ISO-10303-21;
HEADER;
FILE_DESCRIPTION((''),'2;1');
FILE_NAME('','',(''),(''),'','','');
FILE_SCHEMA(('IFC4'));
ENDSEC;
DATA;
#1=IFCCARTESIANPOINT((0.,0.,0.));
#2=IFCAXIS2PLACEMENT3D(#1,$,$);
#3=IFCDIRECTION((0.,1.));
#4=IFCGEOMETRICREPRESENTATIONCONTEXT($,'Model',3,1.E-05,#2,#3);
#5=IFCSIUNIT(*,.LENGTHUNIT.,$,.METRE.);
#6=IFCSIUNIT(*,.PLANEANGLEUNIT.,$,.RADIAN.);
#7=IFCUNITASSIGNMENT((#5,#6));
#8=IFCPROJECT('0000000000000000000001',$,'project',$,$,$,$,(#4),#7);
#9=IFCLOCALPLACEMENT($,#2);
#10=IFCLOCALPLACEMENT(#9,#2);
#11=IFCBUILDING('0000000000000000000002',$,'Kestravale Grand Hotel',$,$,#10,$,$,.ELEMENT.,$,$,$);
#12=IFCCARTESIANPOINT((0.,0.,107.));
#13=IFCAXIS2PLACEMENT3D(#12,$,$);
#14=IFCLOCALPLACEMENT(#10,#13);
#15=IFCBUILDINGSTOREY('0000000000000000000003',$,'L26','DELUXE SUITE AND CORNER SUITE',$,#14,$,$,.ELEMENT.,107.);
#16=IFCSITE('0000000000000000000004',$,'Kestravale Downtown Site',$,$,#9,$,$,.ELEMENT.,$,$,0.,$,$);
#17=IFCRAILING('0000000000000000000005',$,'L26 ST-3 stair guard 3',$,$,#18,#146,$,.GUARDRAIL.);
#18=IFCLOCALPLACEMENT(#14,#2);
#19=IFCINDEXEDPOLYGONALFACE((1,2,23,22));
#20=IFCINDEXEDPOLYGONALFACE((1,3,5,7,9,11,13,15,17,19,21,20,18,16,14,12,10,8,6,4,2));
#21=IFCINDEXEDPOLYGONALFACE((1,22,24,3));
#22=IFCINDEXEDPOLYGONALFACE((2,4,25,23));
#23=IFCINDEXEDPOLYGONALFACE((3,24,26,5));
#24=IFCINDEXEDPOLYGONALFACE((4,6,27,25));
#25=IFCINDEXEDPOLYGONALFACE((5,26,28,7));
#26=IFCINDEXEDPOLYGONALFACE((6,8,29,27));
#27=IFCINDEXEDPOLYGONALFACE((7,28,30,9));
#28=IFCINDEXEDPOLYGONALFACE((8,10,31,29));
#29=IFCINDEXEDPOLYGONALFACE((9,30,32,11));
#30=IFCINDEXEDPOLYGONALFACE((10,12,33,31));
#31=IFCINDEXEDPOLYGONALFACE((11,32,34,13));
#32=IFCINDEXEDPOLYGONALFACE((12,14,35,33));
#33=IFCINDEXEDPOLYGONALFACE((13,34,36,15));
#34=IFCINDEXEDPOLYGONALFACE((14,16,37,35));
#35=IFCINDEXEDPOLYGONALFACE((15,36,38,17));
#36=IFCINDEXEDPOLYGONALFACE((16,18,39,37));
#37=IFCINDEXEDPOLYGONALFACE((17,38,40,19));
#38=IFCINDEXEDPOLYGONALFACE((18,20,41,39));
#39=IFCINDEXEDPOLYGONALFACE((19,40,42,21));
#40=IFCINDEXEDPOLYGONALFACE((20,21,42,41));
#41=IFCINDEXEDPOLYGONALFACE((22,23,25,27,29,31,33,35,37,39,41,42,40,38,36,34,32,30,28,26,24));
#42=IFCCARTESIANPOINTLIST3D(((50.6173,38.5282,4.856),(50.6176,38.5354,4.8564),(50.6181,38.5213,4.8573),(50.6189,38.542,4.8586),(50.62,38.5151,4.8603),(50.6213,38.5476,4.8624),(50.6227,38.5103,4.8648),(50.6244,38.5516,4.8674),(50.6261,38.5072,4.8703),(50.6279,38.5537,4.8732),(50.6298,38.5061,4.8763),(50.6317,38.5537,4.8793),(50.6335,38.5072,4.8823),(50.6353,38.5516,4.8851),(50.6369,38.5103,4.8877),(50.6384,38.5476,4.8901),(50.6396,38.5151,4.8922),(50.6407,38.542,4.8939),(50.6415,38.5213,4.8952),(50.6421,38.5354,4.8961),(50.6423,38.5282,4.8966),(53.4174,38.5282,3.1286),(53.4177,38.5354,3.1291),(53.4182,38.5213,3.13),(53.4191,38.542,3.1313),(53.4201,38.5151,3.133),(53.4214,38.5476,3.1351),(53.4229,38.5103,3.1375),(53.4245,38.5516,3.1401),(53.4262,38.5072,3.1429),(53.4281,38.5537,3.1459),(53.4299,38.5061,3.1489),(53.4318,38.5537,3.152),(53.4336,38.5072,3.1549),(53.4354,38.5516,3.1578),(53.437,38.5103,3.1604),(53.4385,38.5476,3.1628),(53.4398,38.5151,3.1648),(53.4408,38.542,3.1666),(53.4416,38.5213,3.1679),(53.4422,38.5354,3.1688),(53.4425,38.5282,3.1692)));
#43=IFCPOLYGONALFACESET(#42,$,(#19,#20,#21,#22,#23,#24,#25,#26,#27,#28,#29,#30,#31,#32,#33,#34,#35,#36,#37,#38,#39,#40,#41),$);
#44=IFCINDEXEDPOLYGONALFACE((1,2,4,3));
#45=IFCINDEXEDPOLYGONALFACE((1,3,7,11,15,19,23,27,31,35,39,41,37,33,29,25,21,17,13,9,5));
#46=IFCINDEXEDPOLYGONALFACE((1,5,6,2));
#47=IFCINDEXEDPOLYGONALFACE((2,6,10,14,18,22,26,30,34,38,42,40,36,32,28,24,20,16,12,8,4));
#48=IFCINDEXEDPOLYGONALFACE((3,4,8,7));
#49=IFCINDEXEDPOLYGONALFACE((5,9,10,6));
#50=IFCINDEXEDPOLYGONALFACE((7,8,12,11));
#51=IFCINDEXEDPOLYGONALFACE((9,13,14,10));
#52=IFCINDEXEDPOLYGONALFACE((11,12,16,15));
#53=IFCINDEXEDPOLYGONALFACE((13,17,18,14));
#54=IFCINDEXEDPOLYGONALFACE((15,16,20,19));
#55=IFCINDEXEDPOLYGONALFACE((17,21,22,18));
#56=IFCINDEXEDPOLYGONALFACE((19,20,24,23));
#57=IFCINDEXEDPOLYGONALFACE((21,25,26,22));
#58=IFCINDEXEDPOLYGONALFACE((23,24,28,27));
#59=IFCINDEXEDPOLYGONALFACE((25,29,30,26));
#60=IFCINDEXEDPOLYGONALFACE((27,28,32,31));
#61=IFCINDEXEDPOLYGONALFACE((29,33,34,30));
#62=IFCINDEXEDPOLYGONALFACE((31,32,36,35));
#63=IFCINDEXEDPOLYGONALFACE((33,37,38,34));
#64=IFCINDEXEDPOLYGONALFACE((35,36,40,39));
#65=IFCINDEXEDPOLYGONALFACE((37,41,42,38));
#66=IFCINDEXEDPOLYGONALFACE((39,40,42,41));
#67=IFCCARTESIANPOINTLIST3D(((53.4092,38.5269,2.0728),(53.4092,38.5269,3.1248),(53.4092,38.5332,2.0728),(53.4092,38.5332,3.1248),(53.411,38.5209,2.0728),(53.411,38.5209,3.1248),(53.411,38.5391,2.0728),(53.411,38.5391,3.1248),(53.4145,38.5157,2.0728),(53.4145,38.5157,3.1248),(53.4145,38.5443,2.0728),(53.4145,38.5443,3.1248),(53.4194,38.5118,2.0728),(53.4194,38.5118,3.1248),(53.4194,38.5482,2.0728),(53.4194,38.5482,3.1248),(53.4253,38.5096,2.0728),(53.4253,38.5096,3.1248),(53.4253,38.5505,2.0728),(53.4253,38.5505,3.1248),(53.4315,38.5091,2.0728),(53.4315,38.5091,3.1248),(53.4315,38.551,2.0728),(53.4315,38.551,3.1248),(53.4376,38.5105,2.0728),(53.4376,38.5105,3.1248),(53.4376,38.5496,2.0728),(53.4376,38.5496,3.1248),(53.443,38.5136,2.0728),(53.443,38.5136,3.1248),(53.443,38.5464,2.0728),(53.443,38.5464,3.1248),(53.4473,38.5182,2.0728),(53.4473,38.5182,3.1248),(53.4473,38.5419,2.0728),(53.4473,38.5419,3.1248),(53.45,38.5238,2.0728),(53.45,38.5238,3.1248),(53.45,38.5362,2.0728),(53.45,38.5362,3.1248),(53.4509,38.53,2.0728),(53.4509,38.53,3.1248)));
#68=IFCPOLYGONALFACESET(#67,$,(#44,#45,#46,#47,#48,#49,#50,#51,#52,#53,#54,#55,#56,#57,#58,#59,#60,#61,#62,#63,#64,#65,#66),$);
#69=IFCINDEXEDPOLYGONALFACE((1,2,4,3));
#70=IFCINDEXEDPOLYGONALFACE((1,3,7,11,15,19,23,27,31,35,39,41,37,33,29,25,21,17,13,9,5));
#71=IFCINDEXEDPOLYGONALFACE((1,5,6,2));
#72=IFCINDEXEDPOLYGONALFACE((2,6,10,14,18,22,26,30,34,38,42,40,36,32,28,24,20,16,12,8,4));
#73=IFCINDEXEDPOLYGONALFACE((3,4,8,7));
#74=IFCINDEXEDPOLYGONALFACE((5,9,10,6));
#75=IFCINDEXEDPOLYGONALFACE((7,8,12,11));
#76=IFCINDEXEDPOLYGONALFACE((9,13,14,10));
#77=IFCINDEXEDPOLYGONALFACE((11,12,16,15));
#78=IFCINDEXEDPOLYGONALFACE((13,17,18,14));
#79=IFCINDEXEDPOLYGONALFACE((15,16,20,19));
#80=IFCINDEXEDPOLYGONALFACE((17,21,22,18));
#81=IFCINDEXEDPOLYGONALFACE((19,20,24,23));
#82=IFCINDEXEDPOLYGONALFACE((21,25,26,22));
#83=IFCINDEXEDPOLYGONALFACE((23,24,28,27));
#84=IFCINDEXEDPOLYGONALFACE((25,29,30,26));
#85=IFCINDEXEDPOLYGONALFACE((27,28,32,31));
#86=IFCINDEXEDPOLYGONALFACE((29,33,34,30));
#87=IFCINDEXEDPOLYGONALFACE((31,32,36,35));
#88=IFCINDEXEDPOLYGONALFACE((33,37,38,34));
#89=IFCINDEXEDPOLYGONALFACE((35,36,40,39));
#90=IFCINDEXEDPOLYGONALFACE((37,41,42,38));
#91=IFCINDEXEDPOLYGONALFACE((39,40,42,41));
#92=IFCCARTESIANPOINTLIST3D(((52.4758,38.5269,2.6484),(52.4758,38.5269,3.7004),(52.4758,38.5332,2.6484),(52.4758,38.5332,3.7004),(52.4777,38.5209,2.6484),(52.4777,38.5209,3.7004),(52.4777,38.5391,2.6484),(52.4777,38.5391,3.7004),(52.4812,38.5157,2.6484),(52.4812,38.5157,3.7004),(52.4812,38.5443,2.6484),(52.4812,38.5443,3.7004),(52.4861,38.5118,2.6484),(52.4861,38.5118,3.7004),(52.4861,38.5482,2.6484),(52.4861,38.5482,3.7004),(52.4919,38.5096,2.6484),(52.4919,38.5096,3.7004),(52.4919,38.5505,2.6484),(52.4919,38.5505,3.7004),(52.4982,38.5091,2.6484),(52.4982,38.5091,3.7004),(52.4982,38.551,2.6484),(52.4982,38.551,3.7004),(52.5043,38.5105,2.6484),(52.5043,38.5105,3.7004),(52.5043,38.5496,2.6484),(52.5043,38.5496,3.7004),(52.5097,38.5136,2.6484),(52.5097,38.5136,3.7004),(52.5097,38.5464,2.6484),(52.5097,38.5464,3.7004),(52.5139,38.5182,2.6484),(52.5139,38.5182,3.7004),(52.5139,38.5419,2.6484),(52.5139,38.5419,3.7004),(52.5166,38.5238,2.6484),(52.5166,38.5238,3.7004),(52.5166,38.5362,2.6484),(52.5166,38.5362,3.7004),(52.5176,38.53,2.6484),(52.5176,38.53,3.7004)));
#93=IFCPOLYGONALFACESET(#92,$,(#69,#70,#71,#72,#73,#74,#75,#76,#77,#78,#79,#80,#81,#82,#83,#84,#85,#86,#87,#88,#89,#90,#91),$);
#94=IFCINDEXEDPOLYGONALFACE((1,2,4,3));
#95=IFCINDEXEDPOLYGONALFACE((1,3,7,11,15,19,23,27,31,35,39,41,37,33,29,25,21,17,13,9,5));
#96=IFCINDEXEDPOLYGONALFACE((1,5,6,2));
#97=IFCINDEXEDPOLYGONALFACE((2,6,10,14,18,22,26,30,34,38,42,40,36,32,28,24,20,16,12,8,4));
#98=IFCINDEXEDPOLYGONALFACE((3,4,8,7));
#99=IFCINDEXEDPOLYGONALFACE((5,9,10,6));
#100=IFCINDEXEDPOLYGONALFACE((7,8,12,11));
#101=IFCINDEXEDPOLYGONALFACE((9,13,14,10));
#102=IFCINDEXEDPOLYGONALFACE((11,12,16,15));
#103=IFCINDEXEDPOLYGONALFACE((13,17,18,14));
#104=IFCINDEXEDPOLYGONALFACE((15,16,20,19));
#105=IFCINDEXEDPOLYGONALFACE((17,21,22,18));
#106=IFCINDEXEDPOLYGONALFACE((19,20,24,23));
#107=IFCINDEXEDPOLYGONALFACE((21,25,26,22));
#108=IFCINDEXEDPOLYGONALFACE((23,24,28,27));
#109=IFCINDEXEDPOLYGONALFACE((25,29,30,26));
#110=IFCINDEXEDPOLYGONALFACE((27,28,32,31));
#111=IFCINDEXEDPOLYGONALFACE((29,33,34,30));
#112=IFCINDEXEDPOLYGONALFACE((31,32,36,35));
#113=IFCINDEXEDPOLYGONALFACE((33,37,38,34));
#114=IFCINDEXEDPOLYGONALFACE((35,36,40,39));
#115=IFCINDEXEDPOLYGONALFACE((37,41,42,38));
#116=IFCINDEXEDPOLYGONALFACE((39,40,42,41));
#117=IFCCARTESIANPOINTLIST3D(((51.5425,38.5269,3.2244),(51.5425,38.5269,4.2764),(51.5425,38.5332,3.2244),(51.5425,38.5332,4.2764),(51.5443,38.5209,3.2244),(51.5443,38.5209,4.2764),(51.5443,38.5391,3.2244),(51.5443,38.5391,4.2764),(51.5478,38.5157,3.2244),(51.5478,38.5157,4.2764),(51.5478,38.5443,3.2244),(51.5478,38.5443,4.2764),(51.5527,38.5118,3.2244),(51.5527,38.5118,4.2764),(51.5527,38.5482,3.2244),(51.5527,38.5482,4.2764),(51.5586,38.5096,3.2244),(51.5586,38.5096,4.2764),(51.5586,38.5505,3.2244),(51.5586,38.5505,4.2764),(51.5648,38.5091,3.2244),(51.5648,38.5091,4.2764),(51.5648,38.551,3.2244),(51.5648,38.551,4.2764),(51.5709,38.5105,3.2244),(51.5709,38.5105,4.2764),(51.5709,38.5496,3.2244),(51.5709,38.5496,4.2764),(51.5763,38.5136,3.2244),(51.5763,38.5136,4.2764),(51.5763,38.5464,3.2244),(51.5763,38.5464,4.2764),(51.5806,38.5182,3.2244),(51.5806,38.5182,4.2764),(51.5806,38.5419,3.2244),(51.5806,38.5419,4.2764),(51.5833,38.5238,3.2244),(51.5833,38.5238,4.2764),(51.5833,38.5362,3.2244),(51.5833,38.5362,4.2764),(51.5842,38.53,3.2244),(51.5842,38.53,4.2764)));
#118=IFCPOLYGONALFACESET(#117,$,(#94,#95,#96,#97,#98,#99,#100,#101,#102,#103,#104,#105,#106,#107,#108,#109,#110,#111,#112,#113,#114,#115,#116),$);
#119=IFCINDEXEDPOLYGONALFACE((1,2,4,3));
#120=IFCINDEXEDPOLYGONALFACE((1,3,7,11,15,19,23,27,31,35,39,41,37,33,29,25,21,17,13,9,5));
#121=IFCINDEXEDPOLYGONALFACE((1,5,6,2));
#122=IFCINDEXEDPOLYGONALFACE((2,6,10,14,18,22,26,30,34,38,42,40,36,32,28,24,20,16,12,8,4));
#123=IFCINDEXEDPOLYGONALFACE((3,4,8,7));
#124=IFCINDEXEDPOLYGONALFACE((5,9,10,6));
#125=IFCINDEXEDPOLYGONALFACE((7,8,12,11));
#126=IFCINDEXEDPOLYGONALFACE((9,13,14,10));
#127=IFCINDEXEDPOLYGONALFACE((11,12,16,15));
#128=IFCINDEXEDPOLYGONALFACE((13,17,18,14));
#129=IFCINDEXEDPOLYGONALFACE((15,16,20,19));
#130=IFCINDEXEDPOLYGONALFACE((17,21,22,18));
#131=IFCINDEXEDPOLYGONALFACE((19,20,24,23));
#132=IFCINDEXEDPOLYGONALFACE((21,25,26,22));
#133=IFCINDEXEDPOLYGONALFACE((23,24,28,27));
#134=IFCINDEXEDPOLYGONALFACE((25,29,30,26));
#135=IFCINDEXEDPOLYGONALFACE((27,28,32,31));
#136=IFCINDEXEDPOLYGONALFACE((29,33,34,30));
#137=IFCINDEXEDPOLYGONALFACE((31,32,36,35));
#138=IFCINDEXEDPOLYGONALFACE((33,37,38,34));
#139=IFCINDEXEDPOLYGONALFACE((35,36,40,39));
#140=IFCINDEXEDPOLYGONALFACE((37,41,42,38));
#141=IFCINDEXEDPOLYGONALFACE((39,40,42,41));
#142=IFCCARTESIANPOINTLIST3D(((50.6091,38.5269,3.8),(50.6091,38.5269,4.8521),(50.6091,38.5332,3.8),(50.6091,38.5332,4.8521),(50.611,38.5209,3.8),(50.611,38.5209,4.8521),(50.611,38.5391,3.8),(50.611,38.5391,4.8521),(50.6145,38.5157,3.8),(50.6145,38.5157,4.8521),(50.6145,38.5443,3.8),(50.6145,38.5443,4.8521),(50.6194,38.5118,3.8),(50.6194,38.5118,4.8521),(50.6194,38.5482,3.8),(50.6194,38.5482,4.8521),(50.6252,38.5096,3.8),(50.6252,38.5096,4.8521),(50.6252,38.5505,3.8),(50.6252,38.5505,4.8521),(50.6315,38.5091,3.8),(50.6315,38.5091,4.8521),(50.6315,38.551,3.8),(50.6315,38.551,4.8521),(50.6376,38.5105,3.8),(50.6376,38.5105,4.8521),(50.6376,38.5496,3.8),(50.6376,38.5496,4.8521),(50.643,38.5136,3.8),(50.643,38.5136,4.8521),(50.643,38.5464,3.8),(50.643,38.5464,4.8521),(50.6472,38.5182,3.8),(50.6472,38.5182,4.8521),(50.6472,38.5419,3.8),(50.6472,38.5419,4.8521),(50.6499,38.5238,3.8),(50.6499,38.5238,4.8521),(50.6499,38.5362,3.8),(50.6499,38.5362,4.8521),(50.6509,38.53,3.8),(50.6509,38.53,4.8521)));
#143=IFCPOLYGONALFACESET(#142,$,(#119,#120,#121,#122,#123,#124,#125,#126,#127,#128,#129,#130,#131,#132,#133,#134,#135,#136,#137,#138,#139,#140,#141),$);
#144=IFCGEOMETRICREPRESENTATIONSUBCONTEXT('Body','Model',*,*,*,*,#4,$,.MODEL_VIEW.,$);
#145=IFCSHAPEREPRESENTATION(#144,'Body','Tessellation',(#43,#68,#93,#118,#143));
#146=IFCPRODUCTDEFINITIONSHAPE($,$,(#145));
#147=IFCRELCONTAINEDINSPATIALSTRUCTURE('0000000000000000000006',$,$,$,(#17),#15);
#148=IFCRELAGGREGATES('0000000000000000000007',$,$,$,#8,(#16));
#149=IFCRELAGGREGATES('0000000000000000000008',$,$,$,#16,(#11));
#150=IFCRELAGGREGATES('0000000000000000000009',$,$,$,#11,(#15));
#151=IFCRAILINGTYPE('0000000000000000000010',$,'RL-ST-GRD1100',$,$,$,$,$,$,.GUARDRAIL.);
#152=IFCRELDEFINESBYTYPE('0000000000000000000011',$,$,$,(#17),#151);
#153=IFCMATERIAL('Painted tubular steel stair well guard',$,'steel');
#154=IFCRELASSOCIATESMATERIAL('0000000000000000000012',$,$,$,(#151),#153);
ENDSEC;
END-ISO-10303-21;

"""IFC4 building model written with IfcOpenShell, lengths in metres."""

from ifc_helpers import new_model, si_unit, direction, frame, origin, origin_2d, place, context, subcontext, project, spatial, circle, extrude, material, type_object, element, save


model = new_model("IFC4")

# Units and contexts
model_context = context("Model", 3, precision=1e-05, world=origin(), true_north=direction((0.0, 1.0)))
body_context = subcontext(model_context, "Body", "Model", "MODEL_VIEW")
ifc_project = project(units=[si_unit("LENGTHUNIT", "METRE"), si_unit("PLANEANGLEUNIT", "RADIAN")], contexts=[model_context])

# Site, building, storey
site_placement = place(None, origin())
site = spatial("IfcSite", under=ifc_project, at=site_placement, Name="Kestravale Downtown Site", CompositionType="ELEMENT", RefElevation=0.0)
building_placement = place(site_placement, origin())
building = spatial("IfcBuilding", under=site, at=building_placement, Name="Kestravale Grand Hotel", CompositionType="ELEMENT")
storey_placement = place(building_placement, frame((0.0, 0.0, 107.0)))
storey = spatial("IfcBuildingStorey", under=building, at=storey_placement, Name="L26", Description="DELUXE SUITE AND CORNER SUITE", CompositionType="ELEMENT", Elevation=107.0)

# Railing
ifc_material_1 = material(Name="Painted tubular steel stair well guard", Category="steel")
railing_type_1 = type_object("IfcRailingType", Name="RL-ST-GRD1100", PredefinedType="GUARDRAIL", material=ifc_material_1)
railing_1_placement = place(storey_placement, frame((53.4299, 38.53, 2.0728)))
element("IfcRailing", 1, at=railing_1_placement, inside=storey, type_object=railing_type_1, Name="L26 ST-3 stair guard 3", PredefinedType="GUARDRAIL", context=body_context, shape_type="SweptSolid", body=[
    extrude(circle(Radius=0.0239, at=origin_2d()), frame((0.0, 0.0, 1.0762), z_axis=(-0.85109, 0.0, 0.52502), x_axis=(0.0, -1.0, 0.0)), (0.0, 0.0, 1.0), 3.29),
    extrude(circle(Radius=0.021, at=origin_2d()), origin(), (0.0, 0.0, 1.0), 1.052),
    extrude(circle(Radius=0.021, at=origin_2d()), frame((-0.9333, 0.0, 0.5757)), (0.0, 0.0, 1.0), 1.052),
    extrude(circle(Radius=0.021, at=origin_2d()), frame((-1.8667, 0.0, 1.1516)), (0.0, 0.0, 1.0), 1.052),
    extrude(circle(Radius=0.021, at=origin_2d()), frame((-2.8, 0.0, 1.7273)), (0.0, 0.0, 1.0), 1.052),
])

save(model, "model.ifc")
